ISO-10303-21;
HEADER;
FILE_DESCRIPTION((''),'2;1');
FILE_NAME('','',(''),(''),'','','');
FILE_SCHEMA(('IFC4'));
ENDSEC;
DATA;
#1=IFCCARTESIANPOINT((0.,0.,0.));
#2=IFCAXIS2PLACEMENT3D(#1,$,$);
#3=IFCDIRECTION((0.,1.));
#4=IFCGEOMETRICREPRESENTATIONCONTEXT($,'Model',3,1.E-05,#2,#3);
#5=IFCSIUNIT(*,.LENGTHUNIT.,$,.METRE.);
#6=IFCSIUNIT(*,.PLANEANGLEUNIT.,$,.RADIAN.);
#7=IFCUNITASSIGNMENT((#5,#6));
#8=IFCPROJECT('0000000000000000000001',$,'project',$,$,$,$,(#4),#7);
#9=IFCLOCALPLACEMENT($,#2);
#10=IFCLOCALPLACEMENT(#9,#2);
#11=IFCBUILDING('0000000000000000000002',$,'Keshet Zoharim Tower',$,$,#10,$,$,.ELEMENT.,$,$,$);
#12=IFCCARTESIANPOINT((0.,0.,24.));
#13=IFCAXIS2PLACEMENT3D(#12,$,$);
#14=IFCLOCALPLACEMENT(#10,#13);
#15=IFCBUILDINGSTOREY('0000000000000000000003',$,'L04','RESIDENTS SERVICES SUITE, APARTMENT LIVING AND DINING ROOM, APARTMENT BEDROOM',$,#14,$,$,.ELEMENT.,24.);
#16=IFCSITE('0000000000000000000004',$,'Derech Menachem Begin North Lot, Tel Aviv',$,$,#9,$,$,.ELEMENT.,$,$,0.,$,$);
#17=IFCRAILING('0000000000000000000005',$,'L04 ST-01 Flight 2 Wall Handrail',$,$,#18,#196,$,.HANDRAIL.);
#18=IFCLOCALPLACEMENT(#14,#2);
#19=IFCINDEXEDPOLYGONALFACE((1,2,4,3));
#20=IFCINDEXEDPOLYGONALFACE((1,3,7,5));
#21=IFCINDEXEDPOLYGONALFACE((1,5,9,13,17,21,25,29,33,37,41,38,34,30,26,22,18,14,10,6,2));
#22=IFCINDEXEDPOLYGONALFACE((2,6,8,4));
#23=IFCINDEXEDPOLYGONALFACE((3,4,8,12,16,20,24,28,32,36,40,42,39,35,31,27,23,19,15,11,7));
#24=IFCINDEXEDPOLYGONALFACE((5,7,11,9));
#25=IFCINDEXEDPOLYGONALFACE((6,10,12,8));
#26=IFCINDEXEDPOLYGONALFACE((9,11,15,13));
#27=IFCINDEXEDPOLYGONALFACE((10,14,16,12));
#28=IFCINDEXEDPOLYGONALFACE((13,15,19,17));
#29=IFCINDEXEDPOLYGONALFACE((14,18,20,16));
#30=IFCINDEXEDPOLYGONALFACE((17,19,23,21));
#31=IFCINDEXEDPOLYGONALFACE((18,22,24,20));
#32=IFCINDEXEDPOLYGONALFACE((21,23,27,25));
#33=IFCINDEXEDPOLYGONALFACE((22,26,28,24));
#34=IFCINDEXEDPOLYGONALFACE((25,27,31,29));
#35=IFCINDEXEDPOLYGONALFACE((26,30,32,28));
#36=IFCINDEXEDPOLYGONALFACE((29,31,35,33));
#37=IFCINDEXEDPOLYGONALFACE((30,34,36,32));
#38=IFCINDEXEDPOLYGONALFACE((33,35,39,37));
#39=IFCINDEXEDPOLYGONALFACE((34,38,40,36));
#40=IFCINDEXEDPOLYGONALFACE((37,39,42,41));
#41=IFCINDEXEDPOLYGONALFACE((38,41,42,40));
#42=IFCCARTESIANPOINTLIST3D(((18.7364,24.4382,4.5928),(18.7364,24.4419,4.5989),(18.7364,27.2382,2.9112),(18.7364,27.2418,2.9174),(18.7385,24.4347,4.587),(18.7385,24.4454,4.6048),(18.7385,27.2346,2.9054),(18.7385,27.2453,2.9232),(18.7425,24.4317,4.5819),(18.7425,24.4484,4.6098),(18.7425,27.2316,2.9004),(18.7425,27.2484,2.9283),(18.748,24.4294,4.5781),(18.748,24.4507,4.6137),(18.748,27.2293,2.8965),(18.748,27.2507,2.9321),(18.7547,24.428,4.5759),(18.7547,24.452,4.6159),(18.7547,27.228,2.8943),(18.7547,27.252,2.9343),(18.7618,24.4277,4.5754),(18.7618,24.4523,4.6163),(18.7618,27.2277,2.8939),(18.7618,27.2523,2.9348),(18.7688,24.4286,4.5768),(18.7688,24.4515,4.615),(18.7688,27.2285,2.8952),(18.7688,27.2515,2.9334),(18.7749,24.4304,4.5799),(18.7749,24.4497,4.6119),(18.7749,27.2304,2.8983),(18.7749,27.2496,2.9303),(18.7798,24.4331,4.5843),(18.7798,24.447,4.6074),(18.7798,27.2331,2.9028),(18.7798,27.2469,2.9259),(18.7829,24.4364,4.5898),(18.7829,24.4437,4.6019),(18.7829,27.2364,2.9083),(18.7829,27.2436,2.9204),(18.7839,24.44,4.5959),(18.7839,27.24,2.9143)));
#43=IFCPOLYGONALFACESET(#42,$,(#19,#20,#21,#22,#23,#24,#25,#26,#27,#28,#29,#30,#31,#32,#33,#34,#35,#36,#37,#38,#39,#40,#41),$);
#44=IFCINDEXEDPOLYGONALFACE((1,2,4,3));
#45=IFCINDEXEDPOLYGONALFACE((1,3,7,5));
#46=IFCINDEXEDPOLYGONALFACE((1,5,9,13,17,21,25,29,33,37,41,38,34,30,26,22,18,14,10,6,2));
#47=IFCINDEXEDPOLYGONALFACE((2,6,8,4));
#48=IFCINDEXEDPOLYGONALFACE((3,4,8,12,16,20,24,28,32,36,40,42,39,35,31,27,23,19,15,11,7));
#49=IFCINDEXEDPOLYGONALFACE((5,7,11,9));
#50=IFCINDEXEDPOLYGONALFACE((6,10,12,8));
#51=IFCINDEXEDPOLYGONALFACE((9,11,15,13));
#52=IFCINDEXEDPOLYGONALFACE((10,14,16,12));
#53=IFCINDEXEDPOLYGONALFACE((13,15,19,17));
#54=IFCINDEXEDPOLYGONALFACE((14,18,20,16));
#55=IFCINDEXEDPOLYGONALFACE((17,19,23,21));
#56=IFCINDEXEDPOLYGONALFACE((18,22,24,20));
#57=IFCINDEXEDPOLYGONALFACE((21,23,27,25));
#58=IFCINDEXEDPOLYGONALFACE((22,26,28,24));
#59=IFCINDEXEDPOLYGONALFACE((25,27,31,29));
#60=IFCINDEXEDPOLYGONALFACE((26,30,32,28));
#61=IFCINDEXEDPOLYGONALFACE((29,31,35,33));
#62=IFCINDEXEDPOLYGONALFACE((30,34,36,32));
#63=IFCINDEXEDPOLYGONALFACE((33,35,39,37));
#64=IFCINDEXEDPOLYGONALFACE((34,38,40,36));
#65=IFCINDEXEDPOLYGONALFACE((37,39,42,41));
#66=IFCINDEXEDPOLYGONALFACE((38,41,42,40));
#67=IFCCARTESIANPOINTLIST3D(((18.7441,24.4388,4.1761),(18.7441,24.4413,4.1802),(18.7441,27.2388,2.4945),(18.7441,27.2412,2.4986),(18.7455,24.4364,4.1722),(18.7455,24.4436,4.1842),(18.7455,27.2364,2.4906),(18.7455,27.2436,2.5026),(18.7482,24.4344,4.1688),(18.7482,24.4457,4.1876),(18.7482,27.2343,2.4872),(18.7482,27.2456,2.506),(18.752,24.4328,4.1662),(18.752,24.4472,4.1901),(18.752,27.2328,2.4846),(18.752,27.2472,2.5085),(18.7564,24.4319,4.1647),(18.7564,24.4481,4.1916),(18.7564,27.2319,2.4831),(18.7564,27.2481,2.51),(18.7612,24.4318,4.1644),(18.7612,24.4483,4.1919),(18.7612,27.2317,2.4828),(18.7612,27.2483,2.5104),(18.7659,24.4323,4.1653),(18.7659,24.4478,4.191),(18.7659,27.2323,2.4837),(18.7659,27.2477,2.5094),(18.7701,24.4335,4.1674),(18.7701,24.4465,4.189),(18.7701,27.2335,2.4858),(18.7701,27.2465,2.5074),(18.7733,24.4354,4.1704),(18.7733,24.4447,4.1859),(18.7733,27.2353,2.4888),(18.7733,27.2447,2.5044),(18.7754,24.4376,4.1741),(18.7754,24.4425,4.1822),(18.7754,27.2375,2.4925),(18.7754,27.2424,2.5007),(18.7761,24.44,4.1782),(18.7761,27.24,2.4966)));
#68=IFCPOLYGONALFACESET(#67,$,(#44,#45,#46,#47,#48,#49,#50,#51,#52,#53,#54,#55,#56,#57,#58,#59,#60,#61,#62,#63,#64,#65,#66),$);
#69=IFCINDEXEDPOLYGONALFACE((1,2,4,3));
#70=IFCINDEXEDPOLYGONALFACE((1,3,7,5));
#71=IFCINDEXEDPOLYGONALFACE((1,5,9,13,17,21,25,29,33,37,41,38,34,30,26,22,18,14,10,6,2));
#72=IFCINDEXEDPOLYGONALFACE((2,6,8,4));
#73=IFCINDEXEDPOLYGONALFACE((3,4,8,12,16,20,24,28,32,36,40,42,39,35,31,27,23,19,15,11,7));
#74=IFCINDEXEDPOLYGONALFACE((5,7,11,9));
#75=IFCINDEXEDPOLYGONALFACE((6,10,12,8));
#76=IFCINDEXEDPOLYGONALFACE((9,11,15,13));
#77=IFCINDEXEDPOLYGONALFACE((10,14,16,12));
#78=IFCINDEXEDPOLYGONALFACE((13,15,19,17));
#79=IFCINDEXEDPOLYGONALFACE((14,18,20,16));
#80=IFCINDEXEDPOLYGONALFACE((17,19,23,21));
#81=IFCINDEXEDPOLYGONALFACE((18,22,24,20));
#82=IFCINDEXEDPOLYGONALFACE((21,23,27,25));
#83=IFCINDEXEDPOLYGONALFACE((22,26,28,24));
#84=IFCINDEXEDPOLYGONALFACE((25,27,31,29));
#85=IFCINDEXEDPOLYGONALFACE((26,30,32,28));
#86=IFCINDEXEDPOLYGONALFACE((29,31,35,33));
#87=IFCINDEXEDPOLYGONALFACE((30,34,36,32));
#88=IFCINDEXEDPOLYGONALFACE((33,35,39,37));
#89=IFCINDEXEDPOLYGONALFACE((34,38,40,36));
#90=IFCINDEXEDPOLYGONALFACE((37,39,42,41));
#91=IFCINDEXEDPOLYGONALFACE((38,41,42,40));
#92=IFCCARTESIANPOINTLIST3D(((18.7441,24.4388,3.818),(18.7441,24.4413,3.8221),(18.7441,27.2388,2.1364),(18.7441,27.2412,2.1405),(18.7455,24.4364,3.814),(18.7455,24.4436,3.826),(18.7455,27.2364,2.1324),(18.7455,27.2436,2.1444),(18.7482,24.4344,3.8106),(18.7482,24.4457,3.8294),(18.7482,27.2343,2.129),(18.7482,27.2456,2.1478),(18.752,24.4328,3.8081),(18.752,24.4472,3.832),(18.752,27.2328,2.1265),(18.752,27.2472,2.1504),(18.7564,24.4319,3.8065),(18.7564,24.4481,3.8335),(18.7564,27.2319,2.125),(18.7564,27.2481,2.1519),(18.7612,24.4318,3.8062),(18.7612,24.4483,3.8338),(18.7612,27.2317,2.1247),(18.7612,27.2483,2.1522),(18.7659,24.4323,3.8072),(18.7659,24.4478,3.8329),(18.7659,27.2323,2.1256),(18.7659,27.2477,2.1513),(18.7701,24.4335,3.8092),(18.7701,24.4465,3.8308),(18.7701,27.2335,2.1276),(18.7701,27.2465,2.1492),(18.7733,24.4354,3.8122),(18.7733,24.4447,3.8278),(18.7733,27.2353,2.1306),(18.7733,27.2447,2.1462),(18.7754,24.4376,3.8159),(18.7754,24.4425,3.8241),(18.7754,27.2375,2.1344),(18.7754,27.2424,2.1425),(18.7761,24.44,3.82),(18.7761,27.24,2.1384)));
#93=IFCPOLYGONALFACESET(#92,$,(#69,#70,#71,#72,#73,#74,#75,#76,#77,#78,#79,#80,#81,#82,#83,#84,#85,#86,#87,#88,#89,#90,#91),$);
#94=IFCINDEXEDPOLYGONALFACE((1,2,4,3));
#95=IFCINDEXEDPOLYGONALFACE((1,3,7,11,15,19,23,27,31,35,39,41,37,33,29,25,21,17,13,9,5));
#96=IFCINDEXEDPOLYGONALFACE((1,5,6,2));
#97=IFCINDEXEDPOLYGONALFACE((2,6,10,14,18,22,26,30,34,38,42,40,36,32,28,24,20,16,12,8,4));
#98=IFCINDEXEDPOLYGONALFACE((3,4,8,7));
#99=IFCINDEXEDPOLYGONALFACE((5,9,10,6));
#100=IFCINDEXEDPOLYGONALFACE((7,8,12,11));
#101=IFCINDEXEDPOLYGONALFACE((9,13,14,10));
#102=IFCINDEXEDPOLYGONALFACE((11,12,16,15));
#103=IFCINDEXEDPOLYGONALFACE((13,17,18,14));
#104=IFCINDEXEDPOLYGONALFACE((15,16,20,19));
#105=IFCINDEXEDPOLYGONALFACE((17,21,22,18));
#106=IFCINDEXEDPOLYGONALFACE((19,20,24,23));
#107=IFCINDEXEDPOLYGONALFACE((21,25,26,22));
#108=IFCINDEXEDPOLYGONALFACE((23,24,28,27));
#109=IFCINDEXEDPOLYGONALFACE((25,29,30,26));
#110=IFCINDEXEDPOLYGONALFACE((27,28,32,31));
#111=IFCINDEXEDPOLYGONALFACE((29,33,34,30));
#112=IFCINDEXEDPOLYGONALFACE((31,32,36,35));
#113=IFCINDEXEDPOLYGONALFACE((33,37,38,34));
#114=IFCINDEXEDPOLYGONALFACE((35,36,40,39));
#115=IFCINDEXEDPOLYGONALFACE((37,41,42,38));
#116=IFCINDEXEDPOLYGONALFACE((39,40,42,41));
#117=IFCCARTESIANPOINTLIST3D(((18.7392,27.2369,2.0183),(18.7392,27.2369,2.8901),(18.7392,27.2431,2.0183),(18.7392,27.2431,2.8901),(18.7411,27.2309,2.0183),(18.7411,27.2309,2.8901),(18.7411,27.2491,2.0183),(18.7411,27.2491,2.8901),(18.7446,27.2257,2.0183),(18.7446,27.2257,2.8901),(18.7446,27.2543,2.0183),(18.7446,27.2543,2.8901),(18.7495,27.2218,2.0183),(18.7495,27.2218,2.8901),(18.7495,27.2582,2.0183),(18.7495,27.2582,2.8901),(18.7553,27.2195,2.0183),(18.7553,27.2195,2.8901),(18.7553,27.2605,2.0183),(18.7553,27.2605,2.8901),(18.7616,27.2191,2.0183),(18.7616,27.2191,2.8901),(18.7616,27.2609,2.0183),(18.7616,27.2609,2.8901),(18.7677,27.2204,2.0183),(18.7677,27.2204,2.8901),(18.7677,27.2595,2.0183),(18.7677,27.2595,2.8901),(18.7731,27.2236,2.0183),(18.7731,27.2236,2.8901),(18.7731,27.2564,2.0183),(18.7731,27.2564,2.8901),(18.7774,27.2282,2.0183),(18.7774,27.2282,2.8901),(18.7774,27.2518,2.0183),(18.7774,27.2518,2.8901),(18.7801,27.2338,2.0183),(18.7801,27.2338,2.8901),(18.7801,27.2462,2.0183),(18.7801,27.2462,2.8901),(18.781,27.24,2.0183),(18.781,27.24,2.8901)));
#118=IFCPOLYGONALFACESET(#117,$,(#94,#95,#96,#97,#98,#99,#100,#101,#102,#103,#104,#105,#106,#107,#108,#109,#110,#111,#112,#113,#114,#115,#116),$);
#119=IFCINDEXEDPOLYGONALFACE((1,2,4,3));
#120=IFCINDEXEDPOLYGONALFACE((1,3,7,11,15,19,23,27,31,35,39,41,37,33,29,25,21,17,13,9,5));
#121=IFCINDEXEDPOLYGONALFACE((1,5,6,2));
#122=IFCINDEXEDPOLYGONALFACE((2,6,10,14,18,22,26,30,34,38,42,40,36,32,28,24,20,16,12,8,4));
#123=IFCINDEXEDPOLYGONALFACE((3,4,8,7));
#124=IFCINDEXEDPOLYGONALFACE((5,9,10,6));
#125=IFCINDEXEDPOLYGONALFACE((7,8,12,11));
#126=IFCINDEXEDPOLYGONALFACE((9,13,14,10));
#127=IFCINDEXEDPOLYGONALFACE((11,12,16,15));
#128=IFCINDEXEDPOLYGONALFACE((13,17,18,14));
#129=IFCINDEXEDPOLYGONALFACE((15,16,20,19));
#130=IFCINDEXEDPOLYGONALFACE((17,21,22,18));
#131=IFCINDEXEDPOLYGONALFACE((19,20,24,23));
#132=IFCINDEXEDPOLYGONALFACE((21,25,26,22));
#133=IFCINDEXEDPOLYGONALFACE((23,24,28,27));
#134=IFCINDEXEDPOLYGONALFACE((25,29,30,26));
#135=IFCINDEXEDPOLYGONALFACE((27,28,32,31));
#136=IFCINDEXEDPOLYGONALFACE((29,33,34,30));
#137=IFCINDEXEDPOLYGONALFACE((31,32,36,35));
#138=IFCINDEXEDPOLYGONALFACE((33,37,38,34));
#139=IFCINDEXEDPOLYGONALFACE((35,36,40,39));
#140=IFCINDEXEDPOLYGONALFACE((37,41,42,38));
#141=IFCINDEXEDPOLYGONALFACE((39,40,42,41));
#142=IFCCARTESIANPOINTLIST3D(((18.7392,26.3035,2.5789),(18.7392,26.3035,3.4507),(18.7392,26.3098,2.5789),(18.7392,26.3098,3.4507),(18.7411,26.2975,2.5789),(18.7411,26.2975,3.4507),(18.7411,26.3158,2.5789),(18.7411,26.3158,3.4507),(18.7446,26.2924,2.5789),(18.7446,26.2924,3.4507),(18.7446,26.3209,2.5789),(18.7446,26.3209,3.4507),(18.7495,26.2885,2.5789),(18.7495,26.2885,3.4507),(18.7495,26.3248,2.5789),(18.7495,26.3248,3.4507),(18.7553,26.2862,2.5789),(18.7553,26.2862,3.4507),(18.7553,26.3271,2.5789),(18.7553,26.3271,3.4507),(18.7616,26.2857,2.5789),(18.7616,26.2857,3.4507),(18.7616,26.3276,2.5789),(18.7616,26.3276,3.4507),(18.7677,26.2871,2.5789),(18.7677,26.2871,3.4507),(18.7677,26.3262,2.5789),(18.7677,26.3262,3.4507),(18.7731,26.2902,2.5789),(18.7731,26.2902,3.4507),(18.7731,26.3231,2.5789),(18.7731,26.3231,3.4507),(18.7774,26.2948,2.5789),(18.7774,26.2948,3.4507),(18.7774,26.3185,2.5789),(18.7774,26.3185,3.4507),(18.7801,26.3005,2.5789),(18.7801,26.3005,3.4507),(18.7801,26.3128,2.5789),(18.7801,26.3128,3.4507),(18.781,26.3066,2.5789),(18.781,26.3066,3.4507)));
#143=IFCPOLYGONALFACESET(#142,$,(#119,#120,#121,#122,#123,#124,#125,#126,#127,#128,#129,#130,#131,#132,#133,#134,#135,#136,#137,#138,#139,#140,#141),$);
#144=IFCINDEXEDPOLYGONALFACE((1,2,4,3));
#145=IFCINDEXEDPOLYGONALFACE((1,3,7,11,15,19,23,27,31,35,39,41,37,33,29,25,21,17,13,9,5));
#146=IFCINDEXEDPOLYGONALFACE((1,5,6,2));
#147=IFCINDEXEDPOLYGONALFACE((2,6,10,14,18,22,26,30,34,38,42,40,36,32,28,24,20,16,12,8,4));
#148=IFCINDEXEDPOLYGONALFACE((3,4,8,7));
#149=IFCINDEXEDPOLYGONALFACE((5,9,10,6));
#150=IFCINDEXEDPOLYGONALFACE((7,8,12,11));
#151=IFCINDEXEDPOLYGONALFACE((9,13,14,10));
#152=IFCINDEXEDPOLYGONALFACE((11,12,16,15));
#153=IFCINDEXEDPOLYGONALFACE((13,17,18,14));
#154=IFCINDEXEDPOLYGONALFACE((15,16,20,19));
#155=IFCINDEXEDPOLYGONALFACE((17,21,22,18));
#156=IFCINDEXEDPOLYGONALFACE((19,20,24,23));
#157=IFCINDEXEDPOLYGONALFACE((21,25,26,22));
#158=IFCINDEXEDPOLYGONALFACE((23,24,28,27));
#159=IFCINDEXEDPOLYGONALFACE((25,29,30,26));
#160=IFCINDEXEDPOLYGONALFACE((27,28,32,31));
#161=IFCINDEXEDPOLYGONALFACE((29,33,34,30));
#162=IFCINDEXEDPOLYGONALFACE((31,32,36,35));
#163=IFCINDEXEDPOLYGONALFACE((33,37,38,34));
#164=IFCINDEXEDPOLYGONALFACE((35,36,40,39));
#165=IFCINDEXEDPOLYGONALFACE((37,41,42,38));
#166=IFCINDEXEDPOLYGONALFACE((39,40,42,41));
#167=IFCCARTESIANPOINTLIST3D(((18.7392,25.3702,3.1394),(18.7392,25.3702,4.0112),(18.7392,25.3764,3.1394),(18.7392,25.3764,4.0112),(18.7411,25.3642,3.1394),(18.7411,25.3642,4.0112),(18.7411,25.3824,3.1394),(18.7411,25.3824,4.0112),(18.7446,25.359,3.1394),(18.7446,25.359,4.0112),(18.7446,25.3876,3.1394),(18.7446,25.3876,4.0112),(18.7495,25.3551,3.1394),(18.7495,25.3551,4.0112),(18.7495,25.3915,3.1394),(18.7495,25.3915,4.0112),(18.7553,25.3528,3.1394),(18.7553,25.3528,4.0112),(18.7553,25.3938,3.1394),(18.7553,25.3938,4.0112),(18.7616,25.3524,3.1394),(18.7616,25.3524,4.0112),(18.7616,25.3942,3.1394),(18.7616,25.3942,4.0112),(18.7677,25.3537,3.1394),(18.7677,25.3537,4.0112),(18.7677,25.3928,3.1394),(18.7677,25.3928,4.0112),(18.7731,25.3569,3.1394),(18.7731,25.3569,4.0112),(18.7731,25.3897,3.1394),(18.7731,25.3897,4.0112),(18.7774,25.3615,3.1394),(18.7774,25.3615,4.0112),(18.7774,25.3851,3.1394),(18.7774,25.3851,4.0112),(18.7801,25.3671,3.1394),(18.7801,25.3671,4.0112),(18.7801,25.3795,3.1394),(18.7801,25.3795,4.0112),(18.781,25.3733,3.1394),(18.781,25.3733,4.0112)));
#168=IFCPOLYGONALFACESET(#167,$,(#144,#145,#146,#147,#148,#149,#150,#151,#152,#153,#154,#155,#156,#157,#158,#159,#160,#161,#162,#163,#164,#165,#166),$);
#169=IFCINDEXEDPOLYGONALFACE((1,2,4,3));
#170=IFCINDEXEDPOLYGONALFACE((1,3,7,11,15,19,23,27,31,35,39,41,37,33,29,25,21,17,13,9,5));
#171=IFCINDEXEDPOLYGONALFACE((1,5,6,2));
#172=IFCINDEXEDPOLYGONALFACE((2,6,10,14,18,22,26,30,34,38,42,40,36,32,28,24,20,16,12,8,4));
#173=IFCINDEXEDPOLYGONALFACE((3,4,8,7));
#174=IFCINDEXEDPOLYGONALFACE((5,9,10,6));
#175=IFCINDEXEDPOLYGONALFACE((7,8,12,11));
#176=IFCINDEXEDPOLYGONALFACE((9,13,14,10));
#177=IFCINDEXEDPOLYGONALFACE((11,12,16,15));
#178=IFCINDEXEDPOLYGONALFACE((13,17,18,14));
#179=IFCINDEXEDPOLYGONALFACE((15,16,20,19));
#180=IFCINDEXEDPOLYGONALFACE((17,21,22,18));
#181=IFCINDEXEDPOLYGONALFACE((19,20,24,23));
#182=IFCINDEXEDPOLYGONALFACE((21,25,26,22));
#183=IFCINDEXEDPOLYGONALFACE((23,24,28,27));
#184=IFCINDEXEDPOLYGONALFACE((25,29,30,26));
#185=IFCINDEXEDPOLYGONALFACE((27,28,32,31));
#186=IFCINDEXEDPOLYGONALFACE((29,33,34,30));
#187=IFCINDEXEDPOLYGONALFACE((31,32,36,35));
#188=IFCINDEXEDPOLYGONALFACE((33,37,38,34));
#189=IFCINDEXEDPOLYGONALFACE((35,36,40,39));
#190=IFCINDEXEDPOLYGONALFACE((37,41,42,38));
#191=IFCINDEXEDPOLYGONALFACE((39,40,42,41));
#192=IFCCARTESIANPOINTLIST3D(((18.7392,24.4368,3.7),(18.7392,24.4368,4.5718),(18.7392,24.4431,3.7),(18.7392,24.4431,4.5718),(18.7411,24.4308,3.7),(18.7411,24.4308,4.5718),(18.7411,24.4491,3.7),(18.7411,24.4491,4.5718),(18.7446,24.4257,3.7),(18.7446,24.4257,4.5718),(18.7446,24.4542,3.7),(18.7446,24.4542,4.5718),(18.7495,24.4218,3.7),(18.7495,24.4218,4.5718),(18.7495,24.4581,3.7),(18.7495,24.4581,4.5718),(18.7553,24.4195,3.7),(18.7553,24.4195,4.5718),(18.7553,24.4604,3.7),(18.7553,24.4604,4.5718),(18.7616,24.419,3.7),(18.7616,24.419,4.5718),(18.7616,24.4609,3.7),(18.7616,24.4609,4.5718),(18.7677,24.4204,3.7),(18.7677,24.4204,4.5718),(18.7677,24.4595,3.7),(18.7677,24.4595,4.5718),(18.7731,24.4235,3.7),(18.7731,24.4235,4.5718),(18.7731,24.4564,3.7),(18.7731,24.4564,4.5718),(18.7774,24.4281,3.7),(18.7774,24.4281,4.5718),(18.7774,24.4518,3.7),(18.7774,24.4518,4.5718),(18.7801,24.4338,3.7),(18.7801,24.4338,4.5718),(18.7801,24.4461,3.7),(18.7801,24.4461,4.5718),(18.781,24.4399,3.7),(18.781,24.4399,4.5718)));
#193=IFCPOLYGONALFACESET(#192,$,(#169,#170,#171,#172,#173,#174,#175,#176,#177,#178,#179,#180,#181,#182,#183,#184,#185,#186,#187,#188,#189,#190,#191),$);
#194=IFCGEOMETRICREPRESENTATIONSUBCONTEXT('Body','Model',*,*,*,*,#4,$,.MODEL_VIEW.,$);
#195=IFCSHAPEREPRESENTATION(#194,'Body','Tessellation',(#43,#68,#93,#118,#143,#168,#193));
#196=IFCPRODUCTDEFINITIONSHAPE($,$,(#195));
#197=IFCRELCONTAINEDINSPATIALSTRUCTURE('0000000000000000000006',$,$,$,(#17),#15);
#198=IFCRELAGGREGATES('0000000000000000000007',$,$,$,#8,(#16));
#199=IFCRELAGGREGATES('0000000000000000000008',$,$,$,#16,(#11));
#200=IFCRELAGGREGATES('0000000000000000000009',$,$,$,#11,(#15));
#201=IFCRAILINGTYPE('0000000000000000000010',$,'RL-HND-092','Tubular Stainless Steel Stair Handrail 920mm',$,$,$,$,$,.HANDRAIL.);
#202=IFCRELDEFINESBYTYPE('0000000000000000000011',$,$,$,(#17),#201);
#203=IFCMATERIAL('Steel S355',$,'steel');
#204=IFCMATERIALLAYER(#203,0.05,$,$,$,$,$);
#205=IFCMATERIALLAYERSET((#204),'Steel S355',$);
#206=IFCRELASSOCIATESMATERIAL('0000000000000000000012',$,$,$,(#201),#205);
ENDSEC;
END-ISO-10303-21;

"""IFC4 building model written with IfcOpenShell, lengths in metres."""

from ifc_helpers import new_model, si_unit, direction, frame, origin, origin_2d, place, context, subcontext, project, spatial, circle, extrude, material, layer, layer_set, type_object, element, save


model = new_model("IFC4")

# Units and contexts
model_context = context("Model", 3, precision=1e-05, world=origin(), true_north=direction((0.0, 1.0)))
body_context = subcontext(model_context, "Body", "Model", "MODEL_VIEW")
ifc_project = project(units=[si_unit("LENGTHUNIT", "METRE"), si_unit("PLANEANGLEUNIT", "RADIAN")], contexts=[model_context])

# Site, building, storey
site_placement = place(None, origin())
site = spatial("IfcSite", under=ifc_project, at=site_placement, Name="Derech Menachem Begin North Lot, Tel Aviv", CompositionType="ELEMENT", RefElevation=0.0)
building_placement = place(site_placement, origin())
building = spatial("IfcBuilding", under=site, at=building_placement, Name="Keshet Zoharim Tower", CompositionType="ELEMENT")
storey_placement = place(building_placement, frame((0.0, 0.0, 24.0)))
storey = spatial("IfcBuildingStorey", under=building, at=storey_placement, Name="L04", Description="RESIDENTS SERVICES SUITE, APARTMENT LIVING AND DINING ROOM, APARTMENT BEDROOM", CompositionType="ELEMENT", Elevation=24.0)

# Shared definitions
ifc_material_1 = material(Name="Steel S355", Category="steel")

# Railing
ifc_layer_1 = layer(ifc_material_1, 0.05)
ifc_layer_set_1 = layer_set([ifc_layer_1], Name="Steel S355")
railing_type_1 = type_object("IfcRailingType", Name="RL-HND-092", Description="Tubular Stainless Steel Stair Handrail 920mm", PredefinedType="HANDRAIL", material=ifc_layer_set_1)
railing_1_placement = place(storey_placement, frame((18.76, 27.24, 2.0183)))
element("IfcRailing", 1, at=railing_1_placement, inside=storey, type_object=railing_type_1, Name="L04 ST-01 Flight 2 Wall Handrail", PredefinedType="HANDRAIL", context=body_context, shape_type="SweptSolid", body=[
    extrude(circle(Radius=0.0239, at=origin_2d()), frame((0.0, 0.0, 0.896), z_axis=(0.0, -0.857275, 0.514858), x_axis=(1.0, 0.0, 0.0)), (0.0, 0.0, 1.0), 3.2661),
    extrude(circle(Radius=0.0161, at=origin_2d()), frame((0.0, 0.0, 0.4783), z_axis=(0.0, -0.857275, 0.514858), x_axis=(1.0, 0.0, 0.0)), (0.0, 0.0, 1.0), 3.2661),
    extrude(circle(Radius=0.0161, at=origin_2d()), frame((0.0, 0.0, 0.1201), z_axis=(0.0, -0.857275, 0.514858), x_axis=(1.0, 0.0, 0.0)), (0.0, 0.0, 1.0), 3.2661),
    extrude(circle(Radius=0.021, at=origin_2d()), origin(), (0.0, 0.0, 1.0), 0.8718),
    extrude(circle(Radius=0.021, at=origin_2d()), frame((0.0, -0.9333, 0.5605)), (0.0, 0.0, 1.0), 0.8718),
    extrude(circle(Radius=0.021, at=origin_2d()), frame((0.0, -1.8667, 1.1211)), (0.0, 0.0, 1.0), 0.8718),
    extrude(circle(Radius=0.021, at=origin_2d()), frame((0.0, -2.8, 1.6816)), (0.0, 0.0, 1.0), 0.8718),
])

save(model, "model.ifc")
